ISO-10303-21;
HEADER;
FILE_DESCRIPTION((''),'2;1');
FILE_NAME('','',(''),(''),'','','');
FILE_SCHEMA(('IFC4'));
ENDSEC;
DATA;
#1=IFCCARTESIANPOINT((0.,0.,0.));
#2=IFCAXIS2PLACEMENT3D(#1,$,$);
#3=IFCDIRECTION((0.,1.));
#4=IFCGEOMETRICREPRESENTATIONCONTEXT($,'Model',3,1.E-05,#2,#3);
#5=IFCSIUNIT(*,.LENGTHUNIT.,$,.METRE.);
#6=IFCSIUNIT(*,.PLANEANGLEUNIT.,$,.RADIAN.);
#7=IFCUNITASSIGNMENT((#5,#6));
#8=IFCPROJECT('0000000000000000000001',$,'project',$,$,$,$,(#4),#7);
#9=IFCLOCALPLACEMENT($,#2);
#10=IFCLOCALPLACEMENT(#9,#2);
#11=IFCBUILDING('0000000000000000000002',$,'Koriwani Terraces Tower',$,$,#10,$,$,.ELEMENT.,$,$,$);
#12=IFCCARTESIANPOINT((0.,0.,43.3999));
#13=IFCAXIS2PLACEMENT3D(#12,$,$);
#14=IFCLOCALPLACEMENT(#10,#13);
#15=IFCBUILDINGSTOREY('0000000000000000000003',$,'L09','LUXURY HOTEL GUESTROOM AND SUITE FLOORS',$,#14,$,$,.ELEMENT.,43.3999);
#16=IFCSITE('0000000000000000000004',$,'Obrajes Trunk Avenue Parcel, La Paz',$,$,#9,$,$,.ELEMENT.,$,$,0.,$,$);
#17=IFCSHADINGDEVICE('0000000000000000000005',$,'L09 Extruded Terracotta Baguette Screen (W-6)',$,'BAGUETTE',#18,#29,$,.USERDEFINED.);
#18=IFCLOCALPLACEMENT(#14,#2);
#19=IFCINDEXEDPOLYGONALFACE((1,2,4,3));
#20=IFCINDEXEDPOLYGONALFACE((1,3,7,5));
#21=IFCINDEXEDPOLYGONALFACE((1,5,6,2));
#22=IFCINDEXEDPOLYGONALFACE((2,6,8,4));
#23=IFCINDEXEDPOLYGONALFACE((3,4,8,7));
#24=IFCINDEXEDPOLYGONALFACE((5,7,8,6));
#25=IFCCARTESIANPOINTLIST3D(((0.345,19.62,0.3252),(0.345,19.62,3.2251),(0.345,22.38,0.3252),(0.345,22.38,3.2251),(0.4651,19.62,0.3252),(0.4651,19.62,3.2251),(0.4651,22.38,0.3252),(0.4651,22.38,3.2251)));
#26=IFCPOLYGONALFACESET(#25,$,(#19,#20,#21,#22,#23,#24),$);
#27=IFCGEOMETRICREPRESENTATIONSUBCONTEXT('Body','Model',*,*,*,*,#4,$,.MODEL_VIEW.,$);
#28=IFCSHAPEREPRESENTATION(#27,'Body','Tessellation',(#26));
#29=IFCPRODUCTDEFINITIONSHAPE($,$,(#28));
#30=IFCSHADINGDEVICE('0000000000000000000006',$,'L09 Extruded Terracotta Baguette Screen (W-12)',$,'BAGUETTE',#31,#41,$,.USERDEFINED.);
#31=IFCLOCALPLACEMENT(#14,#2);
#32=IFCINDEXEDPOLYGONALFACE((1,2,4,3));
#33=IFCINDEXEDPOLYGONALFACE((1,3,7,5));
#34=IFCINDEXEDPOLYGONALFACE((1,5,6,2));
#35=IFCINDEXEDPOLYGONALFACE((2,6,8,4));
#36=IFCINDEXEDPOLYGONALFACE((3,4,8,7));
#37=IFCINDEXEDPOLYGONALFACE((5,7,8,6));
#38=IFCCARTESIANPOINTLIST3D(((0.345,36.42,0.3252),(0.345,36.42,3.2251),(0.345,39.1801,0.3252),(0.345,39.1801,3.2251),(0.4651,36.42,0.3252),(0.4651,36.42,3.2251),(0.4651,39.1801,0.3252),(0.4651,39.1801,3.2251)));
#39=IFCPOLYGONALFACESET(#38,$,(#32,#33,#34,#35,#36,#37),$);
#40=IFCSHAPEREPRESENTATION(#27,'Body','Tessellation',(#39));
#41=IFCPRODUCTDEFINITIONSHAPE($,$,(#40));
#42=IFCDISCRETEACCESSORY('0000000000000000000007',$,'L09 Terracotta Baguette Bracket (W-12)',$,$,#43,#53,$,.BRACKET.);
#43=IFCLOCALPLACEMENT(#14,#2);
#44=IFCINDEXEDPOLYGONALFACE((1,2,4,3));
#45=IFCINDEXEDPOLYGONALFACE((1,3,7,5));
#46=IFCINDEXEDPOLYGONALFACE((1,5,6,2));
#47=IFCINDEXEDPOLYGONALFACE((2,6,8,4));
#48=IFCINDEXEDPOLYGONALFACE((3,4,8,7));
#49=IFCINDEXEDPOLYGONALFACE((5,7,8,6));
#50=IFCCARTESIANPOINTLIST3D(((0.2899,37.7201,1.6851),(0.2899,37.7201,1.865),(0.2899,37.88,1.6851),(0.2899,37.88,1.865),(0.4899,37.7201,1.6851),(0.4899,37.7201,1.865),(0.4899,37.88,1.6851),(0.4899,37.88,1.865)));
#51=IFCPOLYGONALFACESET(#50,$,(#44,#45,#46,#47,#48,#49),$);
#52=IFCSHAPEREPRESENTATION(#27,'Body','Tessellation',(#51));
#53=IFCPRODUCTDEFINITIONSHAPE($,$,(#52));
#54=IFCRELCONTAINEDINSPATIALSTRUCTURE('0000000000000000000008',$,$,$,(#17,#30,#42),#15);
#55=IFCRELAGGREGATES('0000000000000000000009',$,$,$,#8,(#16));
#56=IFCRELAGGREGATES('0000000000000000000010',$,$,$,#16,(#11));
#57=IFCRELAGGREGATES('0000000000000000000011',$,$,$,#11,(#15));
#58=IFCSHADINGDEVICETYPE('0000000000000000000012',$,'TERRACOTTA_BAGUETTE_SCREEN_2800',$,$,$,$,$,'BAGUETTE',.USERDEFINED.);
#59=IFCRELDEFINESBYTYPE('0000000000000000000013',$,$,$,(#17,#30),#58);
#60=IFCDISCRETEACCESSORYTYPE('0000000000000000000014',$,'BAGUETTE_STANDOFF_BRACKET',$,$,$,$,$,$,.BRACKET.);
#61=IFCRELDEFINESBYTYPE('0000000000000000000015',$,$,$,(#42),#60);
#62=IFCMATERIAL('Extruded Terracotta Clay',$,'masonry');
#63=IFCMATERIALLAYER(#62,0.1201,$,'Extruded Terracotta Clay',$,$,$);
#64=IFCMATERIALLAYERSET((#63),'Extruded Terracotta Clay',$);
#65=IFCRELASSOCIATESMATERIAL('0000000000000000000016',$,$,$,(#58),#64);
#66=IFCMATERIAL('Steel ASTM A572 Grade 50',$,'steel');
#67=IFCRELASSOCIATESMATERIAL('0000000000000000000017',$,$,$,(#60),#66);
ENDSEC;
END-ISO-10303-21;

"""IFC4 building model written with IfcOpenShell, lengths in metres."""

from ifc_helpers import new_model, si_unit, direction, frame, origin, origin_2d, place, context, subcontext, project, spatial, rectangle, extrude, material, layer, layer_set, type_object, element, save


model = new_model("IFC4")

# Units and contexts
model_context = context("Model", 3, precision=1e-05, world=origin(), true_north=direction((0.0, 1.0)))
body_context = subcontext(model_context, "Body", "Model", "MODEL_VIEW")
ifc_project = project(units=[si_unit("LENGTHUNIT", "METRE"), si_unit("PLANEANGLEUNIT", "RADIAN")], contexts=[model_context])

# Site, building, storey
site_placement = place(None, origin())
site = spatial("IfcSite", under=ifc_project, at=site_placement, Name="Obrajes Trunk Avenue Parcel, La Paz", CompositionType="ELEMENT", RefElevation=0.0)
building_placement = place(site_placement, origin())
building = spatial("IfcBuilding", under=site, at=building_placement, Name="Koriwani Terraces Tower", CompositionType="ELEMENT")
storey_placement = place(building_placement, frame((0.0, 0.0, 43.3999)))
storey = spatial("IfcBuildingStorey", under=building, at=storey_placement, Name="L09", Description="LUXURY HOTEL GUESTROOM AND SUITE FLOORS", CompositionType="ELEMENT", Elevation=43.3999)

# Shared definitions
ifc_material_1 = material(Name="Steel ASTM A572 Grade 50", Category="steel")

# Shading devices
ifc_material_2 = material(Name="Extruded Terracotta Clay", Category="masonry")
ifc_layer_1 = layer(ifc_material_2, 0.1201, Name="Extruded Terracotta Clay")
ifc_layer_set_1 = layer_set([ifc_layer_1], Name="Extruded Terracotta Clay")
shading_device_type = type_object("IfcShadingDeviceType", Name="TERRACOTTA_BAGUETTE_SCREEN_2800", ElementType="BAGUETTE", PredefinedType="USERDEFINED", material=ifc_layer_set_1)
for number, where, z_axis, x_axis, name in (
    (1, (0.405, 21.0, 0.3252), (0.0, 0.0, 1.0), (0.0, 1.0, 0.0), "L09 Extruded Terracotta Baguette Screen (W-6)"),
    (2, (0.405, 37.8, 0.3252), (0.0, 0.0, 1.0), (0.0, 1.0, 0.0), "L09 Extruded Terracotta Baguette Screen (W-12)"),
):
    element("IfcShadingDevice", number, at=place(storey_placement, frame(where, z_axis=z_axis, x_axis=x_axis)), inside=storey, type_object=shading_device_type, Name=name, ObjectType="BAGUETTE", PredefinedType="USERDEFINED", context=body_context, shape_type="SweptSolid", body=[
        extrude(rectangle(XDim=2.76, YDim=0.1201, at=origin_2d()), origin(), (0.0, 0.0, 1.0), 2.8999),
    ])

# Discrete accessory
discrete_accessory_type = type_object("IfcDiscreteAccessoryType", Name="BAGUETTE_STANDOFF_BRACKET", PredefinedType="BRACKET", material=ifc_material_1)
discrete_accessory_placement = place(storey_placement, frame((0.3899, 37.8, 1.6851), z_axis=(0.0, 0.0, 1.0), x_axis=(0.0, 1.0, 0.0)))
element("IfcDiscreteAccessory", 3, at=discrete_accessory_placement, inside=storey, type_object=discrete_accessory_type, Name="L09 Terracotta Baguette Bracket (W-12)", PredefinedType="BRACKET", context=body_context, shape_type="SweptSolid", body=[
    extrude(rectangle(XDim=0.1599, YDim=0.2, at=origin_2d()), origin(), (0.0, 0.0, 1.0), 0.1799),
])

save(model, "model.ifc")
